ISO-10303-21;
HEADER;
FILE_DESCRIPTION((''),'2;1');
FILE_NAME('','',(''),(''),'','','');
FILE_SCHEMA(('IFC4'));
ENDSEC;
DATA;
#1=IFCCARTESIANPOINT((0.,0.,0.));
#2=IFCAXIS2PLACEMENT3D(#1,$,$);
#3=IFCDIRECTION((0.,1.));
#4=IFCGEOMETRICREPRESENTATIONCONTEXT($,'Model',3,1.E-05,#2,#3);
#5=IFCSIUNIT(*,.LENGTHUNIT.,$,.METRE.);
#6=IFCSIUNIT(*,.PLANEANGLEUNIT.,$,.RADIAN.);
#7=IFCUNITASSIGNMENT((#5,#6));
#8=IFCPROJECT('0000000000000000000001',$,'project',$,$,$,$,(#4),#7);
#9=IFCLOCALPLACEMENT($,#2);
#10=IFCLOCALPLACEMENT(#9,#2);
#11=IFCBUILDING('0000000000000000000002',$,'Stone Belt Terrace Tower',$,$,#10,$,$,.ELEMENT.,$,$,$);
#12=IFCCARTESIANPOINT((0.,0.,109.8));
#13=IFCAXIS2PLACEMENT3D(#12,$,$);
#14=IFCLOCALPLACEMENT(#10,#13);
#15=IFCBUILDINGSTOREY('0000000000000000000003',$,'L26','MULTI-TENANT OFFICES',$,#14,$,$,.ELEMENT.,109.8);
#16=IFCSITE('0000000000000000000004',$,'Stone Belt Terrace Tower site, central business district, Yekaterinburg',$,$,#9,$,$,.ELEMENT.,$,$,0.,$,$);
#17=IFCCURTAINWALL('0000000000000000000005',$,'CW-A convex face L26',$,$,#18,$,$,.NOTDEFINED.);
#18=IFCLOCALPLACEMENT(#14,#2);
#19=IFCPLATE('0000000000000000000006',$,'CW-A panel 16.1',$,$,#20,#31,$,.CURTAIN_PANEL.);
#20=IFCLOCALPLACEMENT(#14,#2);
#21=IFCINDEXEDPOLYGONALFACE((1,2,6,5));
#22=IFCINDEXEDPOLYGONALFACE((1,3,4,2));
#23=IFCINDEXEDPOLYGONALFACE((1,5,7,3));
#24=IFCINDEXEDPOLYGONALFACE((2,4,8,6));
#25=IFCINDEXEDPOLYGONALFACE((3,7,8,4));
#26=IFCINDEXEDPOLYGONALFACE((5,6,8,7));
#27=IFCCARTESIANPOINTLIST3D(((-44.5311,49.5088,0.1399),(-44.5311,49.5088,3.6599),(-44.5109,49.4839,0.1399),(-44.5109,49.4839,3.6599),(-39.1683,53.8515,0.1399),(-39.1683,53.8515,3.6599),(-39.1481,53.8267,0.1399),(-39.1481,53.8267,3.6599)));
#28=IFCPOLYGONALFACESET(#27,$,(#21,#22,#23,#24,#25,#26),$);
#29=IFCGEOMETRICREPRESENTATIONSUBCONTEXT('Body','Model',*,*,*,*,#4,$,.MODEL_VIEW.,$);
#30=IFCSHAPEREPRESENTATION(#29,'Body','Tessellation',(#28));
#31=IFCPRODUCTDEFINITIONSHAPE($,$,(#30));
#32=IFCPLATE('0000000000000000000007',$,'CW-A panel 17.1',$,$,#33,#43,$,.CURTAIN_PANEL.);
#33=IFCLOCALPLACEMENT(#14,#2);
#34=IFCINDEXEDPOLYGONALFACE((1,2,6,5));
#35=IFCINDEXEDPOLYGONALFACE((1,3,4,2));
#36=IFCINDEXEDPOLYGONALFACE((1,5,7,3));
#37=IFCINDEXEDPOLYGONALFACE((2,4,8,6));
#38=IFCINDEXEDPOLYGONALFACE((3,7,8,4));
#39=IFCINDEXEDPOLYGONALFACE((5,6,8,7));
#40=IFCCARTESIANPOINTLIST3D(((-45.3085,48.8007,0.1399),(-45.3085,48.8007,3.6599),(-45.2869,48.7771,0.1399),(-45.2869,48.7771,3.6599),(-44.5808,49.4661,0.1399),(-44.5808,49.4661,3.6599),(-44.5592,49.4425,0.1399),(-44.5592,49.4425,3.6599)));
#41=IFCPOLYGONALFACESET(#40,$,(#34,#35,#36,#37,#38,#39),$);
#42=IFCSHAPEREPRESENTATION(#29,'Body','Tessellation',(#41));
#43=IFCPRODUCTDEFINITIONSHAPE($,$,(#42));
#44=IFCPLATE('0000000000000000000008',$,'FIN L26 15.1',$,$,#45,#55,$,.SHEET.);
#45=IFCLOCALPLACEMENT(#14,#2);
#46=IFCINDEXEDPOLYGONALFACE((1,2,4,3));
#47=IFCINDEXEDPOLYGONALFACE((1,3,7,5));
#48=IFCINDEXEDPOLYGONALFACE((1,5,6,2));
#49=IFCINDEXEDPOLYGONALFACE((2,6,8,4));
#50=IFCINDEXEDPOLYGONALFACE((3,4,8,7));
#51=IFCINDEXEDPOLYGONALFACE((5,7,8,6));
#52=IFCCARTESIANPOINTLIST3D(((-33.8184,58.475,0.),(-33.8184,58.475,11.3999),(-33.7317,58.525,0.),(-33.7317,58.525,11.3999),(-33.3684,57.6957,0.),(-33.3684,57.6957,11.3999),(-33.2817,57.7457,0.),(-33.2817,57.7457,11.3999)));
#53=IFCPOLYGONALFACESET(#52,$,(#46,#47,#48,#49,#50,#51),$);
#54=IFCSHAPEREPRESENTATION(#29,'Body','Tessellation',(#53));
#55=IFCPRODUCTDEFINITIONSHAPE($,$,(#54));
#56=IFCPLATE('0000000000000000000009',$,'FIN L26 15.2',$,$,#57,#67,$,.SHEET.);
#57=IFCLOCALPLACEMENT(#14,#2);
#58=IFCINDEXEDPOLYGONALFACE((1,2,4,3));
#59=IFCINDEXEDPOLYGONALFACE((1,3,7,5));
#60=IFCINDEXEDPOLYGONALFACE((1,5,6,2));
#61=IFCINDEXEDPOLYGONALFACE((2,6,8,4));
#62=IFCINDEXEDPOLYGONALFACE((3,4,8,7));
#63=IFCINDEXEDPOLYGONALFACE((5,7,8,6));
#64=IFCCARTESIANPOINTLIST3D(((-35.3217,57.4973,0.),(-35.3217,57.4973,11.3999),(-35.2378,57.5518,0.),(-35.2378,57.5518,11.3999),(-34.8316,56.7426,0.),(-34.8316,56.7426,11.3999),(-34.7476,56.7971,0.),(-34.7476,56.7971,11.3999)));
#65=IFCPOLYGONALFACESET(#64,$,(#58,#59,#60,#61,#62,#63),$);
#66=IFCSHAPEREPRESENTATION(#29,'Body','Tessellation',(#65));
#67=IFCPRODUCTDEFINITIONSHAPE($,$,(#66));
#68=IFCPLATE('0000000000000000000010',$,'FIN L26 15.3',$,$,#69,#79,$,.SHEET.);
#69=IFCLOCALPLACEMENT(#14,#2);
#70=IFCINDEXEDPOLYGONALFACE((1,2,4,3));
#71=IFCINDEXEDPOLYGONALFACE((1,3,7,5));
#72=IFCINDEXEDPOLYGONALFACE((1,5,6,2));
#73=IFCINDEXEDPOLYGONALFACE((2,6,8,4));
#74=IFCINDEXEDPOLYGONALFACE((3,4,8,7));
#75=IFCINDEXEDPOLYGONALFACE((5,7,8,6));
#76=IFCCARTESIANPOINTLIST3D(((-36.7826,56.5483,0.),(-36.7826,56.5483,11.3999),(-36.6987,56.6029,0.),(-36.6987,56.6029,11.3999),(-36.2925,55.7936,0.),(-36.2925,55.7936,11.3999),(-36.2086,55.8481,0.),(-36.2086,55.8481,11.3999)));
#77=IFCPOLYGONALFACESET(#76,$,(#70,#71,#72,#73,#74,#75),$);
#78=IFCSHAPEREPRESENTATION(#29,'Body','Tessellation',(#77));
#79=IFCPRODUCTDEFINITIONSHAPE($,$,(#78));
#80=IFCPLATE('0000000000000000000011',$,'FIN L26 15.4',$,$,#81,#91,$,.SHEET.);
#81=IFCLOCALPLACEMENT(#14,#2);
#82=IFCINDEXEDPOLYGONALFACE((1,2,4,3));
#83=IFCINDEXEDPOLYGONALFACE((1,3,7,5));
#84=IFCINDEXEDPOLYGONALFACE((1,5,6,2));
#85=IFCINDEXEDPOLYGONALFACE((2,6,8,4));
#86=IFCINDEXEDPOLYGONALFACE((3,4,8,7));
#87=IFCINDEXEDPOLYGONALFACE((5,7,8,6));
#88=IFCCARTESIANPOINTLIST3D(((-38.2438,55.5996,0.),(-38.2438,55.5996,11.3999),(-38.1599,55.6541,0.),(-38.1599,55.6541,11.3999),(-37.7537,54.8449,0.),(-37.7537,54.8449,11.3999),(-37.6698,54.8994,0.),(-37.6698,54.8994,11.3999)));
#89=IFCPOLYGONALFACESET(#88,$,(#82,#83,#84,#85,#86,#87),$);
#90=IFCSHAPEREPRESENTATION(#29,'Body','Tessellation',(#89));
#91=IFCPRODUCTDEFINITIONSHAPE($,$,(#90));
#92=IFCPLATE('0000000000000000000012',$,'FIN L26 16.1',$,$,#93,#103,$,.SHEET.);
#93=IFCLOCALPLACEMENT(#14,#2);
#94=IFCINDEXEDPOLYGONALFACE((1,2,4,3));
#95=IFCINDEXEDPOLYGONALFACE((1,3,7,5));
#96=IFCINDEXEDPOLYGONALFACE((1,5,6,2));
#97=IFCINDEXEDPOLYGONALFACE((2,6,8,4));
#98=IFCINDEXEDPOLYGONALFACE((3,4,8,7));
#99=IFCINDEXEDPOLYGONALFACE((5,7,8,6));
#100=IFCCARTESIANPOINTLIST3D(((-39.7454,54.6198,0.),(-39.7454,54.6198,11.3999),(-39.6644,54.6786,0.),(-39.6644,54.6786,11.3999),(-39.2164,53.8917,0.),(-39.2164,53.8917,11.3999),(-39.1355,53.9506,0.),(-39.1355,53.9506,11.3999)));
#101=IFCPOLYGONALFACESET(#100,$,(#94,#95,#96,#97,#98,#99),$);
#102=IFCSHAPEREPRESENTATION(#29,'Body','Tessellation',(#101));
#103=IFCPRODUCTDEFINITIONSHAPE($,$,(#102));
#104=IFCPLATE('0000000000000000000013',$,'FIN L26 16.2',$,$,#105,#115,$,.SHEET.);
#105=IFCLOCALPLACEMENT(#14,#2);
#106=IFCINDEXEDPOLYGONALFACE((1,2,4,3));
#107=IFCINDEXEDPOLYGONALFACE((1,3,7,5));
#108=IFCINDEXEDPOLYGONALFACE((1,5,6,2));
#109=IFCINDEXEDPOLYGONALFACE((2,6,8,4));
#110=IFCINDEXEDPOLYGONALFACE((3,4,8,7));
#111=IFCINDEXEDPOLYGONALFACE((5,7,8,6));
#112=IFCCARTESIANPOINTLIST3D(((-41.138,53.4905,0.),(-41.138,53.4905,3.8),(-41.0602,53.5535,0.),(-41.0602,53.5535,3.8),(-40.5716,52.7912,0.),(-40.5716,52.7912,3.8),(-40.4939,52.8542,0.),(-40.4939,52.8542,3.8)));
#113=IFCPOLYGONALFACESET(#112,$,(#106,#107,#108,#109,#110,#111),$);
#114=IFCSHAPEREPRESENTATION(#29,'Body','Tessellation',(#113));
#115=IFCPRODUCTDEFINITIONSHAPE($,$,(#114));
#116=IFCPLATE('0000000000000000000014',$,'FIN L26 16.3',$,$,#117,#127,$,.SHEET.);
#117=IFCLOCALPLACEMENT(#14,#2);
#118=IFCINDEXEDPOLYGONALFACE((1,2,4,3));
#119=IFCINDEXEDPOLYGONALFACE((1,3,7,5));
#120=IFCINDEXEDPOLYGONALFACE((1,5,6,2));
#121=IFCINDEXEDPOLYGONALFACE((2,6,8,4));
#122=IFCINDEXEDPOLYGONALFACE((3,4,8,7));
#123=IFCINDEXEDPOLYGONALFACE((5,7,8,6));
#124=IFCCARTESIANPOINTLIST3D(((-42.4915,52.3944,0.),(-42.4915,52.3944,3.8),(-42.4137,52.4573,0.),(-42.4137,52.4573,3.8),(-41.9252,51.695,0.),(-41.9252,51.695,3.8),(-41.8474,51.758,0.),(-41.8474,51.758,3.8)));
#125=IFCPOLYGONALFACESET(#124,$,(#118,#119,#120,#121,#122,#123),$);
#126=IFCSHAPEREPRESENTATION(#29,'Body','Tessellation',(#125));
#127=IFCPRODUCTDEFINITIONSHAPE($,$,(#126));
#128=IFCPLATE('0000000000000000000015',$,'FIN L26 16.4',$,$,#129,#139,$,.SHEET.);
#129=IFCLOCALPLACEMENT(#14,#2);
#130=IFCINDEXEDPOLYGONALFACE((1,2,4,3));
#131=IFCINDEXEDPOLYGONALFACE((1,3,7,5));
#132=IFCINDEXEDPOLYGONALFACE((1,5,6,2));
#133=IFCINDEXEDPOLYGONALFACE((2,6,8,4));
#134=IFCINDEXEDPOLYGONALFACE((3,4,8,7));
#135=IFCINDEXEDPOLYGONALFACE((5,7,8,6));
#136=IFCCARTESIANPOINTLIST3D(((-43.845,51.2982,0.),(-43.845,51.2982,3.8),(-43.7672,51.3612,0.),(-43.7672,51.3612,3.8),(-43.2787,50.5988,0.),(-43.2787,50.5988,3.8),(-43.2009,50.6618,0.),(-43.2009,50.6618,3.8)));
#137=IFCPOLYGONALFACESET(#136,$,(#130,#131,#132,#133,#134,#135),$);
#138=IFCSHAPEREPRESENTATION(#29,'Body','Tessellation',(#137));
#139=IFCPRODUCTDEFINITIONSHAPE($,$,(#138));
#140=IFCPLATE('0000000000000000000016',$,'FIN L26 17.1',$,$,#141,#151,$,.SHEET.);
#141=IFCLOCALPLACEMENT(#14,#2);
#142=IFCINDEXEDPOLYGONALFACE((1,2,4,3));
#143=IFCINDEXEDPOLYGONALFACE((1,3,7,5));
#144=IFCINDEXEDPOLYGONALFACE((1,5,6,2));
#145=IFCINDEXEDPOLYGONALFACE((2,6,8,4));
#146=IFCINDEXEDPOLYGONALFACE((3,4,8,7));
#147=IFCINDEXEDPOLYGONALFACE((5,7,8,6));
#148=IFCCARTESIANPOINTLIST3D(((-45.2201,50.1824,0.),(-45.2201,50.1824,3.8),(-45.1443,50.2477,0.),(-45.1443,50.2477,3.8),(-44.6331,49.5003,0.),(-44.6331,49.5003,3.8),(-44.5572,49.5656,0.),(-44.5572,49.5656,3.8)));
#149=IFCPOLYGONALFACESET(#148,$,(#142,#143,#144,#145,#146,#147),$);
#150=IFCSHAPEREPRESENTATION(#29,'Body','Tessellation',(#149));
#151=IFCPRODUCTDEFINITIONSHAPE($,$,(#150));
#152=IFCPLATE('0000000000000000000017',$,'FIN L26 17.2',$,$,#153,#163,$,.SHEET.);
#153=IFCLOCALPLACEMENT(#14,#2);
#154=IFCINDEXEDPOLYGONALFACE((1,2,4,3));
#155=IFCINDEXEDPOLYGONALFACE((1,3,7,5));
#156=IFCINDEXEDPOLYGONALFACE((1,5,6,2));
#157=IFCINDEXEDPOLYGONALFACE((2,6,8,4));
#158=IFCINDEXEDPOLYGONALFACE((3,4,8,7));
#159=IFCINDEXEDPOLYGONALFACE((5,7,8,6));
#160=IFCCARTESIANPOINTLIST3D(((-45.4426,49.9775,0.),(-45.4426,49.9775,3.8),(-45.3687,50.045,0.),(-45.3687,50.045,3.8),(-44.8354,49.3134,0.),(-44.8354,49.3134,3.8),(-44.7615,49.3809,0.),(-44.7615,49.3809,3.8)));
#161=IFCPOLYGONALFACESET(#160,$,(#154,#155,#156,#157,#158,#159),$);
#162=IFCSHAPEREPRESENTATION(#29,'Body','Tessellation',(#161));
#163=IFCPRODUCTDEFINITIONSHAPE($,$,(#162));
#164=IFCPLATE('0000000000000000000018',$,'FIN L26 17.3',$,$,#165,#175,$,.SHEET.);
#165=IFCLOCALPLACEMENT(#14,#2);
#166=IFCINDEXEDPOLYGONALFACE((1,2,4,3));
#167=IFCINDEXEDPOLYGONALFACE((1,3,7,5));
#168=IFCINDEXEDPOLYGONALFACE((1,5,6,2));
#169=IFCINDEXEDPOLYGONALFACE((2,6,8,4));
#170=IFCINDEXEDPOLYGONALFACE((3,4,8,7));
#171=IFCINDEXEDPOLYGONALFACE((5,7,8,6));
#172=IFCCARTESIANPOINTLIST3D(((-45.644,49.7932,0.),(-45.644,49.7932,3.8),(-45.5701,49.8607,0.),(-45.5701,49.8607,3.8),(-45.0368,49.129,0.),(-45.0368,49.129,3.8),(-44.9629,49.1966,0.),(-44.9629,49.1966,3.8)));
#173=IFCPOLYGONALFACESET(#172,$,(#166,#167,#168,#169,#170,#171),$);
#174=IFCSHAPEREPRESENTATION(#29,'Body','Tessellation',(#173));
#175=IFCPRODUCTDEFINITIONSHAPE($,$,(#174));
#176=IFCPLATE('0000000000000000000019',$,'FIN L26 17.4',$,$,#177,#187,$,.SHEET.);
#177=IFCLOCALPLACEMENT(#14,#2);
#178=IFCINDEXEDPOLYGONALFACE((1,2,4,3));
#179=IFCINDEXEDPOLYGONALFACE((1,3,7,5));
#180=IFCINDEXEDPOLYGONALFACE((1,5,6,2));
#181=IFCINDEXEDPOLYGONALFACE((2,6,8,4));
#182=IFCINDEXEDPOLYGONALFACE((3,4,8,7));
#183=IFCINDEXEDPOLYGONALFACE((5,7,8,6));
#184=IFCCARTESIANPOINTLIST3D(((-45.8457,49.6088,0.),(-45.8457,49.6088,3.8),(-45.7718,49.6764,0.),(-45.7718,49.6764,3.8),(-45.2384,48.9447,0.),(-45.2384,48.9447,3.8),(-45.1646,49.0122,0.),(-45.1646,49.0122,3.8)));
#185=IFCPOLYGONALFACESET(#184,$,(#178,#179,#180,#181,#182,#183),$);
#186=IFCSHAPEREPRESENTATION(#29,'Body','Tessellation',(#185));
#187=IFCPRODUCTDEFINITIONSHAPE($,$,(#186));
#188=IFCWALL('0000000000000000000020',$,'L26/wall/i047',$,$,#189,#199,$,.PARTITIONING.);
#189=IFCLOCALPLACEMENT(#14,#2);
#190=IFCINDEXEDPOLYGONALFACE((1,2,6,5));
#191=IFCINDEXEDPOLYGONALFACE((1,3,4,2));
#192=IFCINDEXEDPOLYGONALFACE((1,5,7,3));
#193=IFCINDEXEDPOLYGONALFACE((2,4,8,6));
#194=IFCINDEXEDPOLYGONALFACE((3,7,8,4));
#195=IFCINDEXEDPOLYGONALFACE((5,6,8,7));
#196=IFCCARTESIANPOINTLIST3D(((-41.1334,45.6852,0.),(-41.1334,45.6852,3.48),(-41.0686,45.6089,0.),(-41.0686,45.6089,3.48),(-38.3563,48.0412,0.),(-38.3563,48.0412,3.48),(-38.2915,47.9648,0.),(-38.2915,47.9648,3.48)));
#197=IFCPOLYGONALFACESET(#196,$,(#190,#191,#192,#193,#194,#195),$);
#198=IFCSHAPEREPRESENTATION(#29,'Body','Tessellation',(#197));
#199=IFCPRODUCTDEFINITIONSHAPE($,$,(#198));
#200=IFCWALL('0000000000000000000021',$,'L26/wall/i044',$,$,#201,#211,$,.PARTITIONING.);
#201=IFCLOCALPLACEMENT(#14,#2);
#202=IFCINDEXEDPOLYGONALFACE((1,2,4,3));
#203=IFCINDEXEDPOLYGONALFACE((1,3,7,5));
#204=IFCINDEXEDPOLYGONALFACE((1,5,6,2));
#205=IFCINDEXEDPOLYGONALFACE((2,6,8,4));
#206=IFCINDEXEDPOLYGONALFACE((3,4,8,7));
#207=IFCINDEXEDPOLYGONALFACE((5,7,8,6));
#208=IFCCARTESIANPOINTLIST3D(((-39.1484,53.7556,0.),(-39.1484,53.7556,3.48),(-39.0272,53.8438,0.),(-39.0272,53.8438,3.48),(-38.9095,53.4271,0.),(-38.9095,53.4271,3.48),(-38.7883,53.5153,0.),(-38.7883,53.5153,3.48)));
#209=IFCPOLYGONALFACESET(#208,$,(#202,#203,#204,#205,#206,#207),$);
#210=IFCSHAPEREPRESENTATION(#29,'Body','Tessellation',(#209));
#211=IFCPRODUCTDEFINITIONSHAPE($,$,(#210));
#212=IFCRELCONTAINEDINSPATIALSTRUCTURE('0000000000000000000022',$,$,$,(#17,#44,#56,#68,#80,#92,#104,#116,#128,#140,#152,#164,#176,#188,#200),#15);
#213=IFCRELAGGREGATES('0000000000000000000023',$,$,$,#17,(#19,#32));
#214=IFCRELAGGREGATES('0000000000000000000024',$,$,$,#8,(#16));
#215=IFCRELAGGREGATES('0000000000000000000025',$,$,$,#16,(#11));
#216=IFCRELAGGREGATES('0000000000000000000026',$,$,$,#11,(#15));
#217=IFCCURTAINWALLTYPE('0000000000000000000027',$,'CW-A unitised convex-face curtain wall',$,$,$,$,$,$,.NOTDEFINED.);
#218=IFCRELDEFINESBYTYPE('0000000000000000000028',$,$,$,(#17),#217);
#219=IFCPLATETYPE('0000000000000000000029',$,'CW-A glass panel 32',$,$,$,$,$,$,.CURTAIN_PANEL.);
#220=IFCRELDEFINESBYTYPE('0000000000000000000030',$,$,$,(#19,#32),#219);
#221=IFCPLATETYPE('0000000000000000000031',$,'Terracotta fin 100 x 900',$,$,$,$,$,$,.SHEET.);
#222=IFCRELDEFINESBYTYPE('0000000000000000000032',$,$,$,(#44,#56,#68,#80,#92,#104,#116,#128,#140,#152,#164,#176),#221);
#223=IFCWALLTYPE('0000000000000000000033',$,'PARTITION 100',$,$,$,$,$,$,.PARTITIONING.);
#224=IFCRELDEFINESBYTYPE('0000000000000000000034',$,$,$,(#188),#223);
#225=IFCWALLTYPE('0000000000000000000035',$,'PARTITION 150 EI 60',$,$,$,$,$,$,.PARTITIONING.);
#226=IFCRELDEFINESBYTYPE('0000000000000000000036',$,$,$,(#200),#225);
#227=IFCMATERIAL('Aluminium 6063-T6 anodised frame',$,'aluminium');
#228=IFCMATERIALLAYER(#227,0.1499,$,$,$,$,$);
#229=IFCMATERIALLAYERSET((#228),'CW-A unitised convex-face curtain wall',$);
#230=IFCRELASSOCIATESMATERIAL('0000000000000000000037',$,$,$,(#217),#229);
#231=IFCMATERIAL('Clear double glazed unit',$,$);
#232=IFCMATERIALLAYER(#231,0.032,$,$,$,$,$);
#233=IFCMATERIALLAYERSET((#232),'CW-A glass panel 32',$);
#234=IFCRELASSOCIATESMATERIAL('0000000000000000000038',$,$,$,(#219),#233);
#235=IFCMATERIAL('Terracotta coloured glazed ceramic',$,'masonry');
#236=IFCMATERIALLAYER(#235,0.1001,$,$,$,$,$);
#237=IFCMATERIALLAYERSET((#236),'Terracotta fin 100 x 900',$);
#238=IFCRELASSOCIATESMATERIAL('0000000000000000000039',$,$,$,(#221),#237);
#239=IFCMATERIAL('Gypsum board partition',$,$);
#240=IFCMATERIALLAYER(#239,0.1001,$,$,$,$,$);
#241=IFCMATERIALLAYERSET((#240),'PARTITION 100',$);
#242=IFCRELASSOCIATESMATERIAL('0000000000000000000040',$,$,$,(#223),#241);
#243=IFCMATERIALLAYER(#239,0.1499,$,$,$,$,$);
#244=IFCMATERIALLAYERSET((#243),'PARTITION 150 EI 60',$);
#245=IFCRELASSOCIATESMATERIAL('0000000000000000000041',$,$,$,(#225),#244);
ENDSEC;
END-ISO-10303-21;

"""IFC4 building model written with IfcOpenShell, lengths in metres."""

from ifc_helpers import new_model, si_unit, direction, frame, frame_2d, origin, origin_2d, place, context, subcontext, project, spatial, rectangle, extrude, material, layer, layer_set, type_object, element, aggregate, save


model = new_model("IFC4")

# Units and contexts
model_context = context("Model", 3, precision=1e-05, world=origin(), true_north=direction((0.0, 1.0)))
body_context = subcontext(model_context, "Body", "Model", "MODEL_VIEW")
ifc_project = project(units=[si_unit("LENGTHUNIT", "METRE"), si_unit("PLANEANGLEUNIT", "RADIAN")], contexts=[model_context])

# Site, building, storey
site_placement = place(None, origin())
site = spatial("IfcSite", under=ifc_project, at=site_placement, Name="Stone Belt Terrace Tower site, central business district, Yekaterinburg", CompositionType="ELEMENT", RefElevation=0.0)
building_placement = place(site_placement, origin())
building = spatial("IfcBuilding", under=site, at=building_placement, Name="Stone Belt Terrace Tower", CompositionType="ELEMENT")
storey_placement = place(building_placement, frame((0.0, 0.0, 109.8)))
storey = spatial("IfcBuildingStorey", under=building, at=storey_placement, Name="L26", Description="MULTI-TENANT OFFICES", CompositionType="ELEMENT", Elevation=109.8)

# Curtain wall
ifc_material_1 = material(Name="Aluminium 6063-T6 anodised frame", Category="aluminium")
ifc_layer_1 = layer(ifc_material_1, 0.1499)
ifc_layer_set_1 = layer_set([ifc_layer_1], Name="CW-A unitised convex-face curtain wall")
curtain_wall_type_1 = type_object("IfcCurtainWallType", Name="CW-A unitised convex-face curtain wall", PredefinedType="NOTDEFINED", material=ifc_layer_set_1)
curtain_wall_1_placement = place(storey_placement, origin())
curtain_wall_1 = element("IfcCurtainWall", 1, at=curtain_wall_1_placement, inside=storey, type_object=curtain_wall_type_1, Name="CW-A convex face L26", PredefinedType="NOTDEFINED")

# Plates
ifc_material_2 = material(Name="Clear double glazed unit")
ifc_layer_2 = layer(ifc_material_2, 0.032)
ifc_layer_set_2 = layer_set([ifc_layer_2], Name="CW-A glass panel 32")
plate_type_1 = type_object("IfcPlateType", Name="CW-A glass panel 32", PredefinedType="CURTAIN_PANEL", material=ifc_layer_set_2)
plate_1_placement = place(storey_placement, frame((-41.8396, 51.6677, 0.1399), z_axis=(0.0, 0.0, 1.0), x_axis=(-0.777146, -0.62932, 0.0)))
plate_1 = element("IfcPlate", 2, at=plate_1_placement, type_object=plate_type_1, Name="CW-A panel 16.1", PredefinedType="CURTAIN_PANEL", context=body_context, shape_type="SweptSolid", body=[
    extrude(rectangle(XDim=6.9006, YDim=0.032, at=origin_2d()), origin(), (0.0, 0.0, 1.0), 3.52),
])
plate_2_placement = place(storey_placement, frame((-44.9338, 49.1216, 0.1399), z_axis=(0.0, 0.0, 1.0), x_axis=(-0.738018, -0.674781, 0.0)))
plate_2 = element("IfcPlate", 3, at=plate_2_placement, type_object=plate_type_1, Name="CW-A panel 17.1", PredefinedType="CURTAIN_PANEL", context=body_context, shape_type="SweptSolid", body=[
    extrude(rectangle(XDim=0.9861, YDim=0.032, at=origin_2d()), origin(), (0.0, 0.0, 1.0), 3.52),
])
aggregate(curtain_wall_1, [plate_1, plate_2])

# Plates
ifc_material_3 = material(Name="Terracotta coloured glazed ceramic", Category="masonry")
ifc_layer_3 = layer(ifc_material_3, 0.1001)
ifc_layer_set_3 = layer_set([ifc_layer_3], Name="Terracotta fin 100 x 900")
plate_type_2 = type_object("IfcPlateType", Name="Terracotta fin 100 x 900", PredefinedType="SHEET", material=ifc_layer_set_3)
for number, where, z_axis, x_axis, name in (
    (4, (-33.55, 58.1104, 0.0), (0.0, 0.0, 1.0), (-0.5, 0.866025, 0.0), "FIN L26 15.1"),
    (5, (-35.0347, 57.1472, 0.0), (0.0, 0.0, 1.0), (-0.544639, 0.838671, 0.0), "FIN L26 15.2"),
    (6, (-36.4956, 56.1982, 0.0), (0.0, 0.0, 1.0), (-0.544639, 0.838671, 0.0), "FIN L26 15.3"),
    (7, (-37.9568, 55.2495, 0.0), (0.0, 0.0, 1.0), (-0.544639, 0.838671, 0.0), "FIN L26 15.4"),
    (8, (-39.4404, 54.2852, 0.0), (0.0, 0.0, 1.0), (-0.587785, 0.809017, 0.0), "FIN L26 16.1"),
):
    element("IfcPlate", number, at=place(storey_placement, frame(where, z_axis=z_axis, x_axis=x_axis)), inside=storey, type_object=plate_type_2, Name=name, PredefinedType="SHEET", context=body_context, shape_type="SweptSolid", body=[
        extrude(rectangle(XDim=0.8999, YDim=0.1001, at=origin_2d()), origin(), (0.0, 0.0, 1.0), 11.3999),
    ])
for number, where, z_axis, x_axis, name in (
    (9, (-40.8159, 53.1724, 0.0), (0.0, 0.0, 1.0), (-0.62932, 0.777146, 0.0), "FIN L26 16.2"),
    (10, (-42.1694, 52.0762, 0.0), (0.0, 0.0, 1.0), (-0.62932, 0.777146, 0.0), "FIN L26 16.3"),
    (11, (-43.5229, 50.98, 0.0), (0.0, 0.0, 1.0), (-0.62932, 0.777146, 0.0), "FIN L26 16.4"),
    (12, (-44.8887, 49.874, 0.0), (0.0, 0.0, 1.0), (-0.652344, 0.757923, 0.0), "FIN L26 17.1"),
    (13, (-45.1021, 49.6792, 0.0), (0.0, 0.0, 1.0), (-0.674781, 0.738018, 0.0), "FIN L26 17.2"),
    (14, (-45.3035, 49.4949, 0.0), (0.0, 0.0, 1.0), (-0.674781, 0.738018, 0.0), "FIN L26 17.3"),
    (15, (-45.5051, 49.3105, 0.0), (0.0, 0.0, 1.0), (-0.674781, 0.738018, 0.0), "FIN L26 17.4"),
):
    element("IfcPlate", number, at=place(storey_placement, frame(where, z_axis=z_axis, x_axis=x_axis)), inside=storey, type_object=plate_type_2, Name=name, PredefinedType="SHEET", context=body_context, shape_type="SweptSolid", body=[
        extrude(rectangle(XDim=0.8999, YDim=0.1001, at=origin_2d()), origin(), (0.0, 0.0, 1.0), 3.8),
    ])

# Walls
ifc_material_4 = material(Name="Gypsum board partition")
ifc_layer_4 = layer(ifc_material_4, 0.1001)
ifc_layer_set_4 = layer_set([ifc_layer_4], Name="PARTITION 100")
wall_type_1 = type_object("IfcWallType", Name="PARTITION 100", PredefinedType="PARTITIONING", material=ifc_layer_set_4)
wall_1_placement = place(storey_placement, frame((-38.324, 48.0029, 0.0), z_axis=(0.0, 0.0, 1.0), x_axis=(-0.762559, -0.646918, 0.0)))
element("IfcWall", 16, at=wall_1_placement, inside=storey, type_object=wall_type_1, Name="L26/wall/i047", PredefinedType="PARTITIONING", context=body_context, shape_type="SweptSolid", body=[
    extrude(rectangle(XDim=3.6418, YDim=0.1001, at=frame_2d((1.8208, 0.0))), origin(), (0.0, 0.0, 1.0), 3.48),
])
ifc_layer_5 = layer(ifc_material_4, 0.1499)
ifc_layer_set_5 = layer_set([ifc_layer_5], Name="PARTITION 150 EI 60")
wall_type_2 = type_object("IfcWallType", Name="PARTITION 150 EI 60", PredefinedType="PARTITIONING", material=ifc_layer_set_5)
wall_2_placement = place(storey_placement, frame((-38.8489, 53.4712, 0.0), z_axis=(0.0, 0.0, 1.0), x_axis=(-0.588207, 0.80871, 0.0)))
element("IfcWall", 17, at=wall_2_placement, inside=storey, type_object=wall_type_2, Name="L26/wall/i044", PredefinedType="PARTITIONING", context=body_context, shape_type="SweptSolid", body=[
    extrude(rectangle(XDim=0.4062, YDim=0.1499, at=frame_2d((0.2031, 0.0))), origin(), (0.0, 0.0, 1.0), 3.48),
])

save(model, "model.ifc")
